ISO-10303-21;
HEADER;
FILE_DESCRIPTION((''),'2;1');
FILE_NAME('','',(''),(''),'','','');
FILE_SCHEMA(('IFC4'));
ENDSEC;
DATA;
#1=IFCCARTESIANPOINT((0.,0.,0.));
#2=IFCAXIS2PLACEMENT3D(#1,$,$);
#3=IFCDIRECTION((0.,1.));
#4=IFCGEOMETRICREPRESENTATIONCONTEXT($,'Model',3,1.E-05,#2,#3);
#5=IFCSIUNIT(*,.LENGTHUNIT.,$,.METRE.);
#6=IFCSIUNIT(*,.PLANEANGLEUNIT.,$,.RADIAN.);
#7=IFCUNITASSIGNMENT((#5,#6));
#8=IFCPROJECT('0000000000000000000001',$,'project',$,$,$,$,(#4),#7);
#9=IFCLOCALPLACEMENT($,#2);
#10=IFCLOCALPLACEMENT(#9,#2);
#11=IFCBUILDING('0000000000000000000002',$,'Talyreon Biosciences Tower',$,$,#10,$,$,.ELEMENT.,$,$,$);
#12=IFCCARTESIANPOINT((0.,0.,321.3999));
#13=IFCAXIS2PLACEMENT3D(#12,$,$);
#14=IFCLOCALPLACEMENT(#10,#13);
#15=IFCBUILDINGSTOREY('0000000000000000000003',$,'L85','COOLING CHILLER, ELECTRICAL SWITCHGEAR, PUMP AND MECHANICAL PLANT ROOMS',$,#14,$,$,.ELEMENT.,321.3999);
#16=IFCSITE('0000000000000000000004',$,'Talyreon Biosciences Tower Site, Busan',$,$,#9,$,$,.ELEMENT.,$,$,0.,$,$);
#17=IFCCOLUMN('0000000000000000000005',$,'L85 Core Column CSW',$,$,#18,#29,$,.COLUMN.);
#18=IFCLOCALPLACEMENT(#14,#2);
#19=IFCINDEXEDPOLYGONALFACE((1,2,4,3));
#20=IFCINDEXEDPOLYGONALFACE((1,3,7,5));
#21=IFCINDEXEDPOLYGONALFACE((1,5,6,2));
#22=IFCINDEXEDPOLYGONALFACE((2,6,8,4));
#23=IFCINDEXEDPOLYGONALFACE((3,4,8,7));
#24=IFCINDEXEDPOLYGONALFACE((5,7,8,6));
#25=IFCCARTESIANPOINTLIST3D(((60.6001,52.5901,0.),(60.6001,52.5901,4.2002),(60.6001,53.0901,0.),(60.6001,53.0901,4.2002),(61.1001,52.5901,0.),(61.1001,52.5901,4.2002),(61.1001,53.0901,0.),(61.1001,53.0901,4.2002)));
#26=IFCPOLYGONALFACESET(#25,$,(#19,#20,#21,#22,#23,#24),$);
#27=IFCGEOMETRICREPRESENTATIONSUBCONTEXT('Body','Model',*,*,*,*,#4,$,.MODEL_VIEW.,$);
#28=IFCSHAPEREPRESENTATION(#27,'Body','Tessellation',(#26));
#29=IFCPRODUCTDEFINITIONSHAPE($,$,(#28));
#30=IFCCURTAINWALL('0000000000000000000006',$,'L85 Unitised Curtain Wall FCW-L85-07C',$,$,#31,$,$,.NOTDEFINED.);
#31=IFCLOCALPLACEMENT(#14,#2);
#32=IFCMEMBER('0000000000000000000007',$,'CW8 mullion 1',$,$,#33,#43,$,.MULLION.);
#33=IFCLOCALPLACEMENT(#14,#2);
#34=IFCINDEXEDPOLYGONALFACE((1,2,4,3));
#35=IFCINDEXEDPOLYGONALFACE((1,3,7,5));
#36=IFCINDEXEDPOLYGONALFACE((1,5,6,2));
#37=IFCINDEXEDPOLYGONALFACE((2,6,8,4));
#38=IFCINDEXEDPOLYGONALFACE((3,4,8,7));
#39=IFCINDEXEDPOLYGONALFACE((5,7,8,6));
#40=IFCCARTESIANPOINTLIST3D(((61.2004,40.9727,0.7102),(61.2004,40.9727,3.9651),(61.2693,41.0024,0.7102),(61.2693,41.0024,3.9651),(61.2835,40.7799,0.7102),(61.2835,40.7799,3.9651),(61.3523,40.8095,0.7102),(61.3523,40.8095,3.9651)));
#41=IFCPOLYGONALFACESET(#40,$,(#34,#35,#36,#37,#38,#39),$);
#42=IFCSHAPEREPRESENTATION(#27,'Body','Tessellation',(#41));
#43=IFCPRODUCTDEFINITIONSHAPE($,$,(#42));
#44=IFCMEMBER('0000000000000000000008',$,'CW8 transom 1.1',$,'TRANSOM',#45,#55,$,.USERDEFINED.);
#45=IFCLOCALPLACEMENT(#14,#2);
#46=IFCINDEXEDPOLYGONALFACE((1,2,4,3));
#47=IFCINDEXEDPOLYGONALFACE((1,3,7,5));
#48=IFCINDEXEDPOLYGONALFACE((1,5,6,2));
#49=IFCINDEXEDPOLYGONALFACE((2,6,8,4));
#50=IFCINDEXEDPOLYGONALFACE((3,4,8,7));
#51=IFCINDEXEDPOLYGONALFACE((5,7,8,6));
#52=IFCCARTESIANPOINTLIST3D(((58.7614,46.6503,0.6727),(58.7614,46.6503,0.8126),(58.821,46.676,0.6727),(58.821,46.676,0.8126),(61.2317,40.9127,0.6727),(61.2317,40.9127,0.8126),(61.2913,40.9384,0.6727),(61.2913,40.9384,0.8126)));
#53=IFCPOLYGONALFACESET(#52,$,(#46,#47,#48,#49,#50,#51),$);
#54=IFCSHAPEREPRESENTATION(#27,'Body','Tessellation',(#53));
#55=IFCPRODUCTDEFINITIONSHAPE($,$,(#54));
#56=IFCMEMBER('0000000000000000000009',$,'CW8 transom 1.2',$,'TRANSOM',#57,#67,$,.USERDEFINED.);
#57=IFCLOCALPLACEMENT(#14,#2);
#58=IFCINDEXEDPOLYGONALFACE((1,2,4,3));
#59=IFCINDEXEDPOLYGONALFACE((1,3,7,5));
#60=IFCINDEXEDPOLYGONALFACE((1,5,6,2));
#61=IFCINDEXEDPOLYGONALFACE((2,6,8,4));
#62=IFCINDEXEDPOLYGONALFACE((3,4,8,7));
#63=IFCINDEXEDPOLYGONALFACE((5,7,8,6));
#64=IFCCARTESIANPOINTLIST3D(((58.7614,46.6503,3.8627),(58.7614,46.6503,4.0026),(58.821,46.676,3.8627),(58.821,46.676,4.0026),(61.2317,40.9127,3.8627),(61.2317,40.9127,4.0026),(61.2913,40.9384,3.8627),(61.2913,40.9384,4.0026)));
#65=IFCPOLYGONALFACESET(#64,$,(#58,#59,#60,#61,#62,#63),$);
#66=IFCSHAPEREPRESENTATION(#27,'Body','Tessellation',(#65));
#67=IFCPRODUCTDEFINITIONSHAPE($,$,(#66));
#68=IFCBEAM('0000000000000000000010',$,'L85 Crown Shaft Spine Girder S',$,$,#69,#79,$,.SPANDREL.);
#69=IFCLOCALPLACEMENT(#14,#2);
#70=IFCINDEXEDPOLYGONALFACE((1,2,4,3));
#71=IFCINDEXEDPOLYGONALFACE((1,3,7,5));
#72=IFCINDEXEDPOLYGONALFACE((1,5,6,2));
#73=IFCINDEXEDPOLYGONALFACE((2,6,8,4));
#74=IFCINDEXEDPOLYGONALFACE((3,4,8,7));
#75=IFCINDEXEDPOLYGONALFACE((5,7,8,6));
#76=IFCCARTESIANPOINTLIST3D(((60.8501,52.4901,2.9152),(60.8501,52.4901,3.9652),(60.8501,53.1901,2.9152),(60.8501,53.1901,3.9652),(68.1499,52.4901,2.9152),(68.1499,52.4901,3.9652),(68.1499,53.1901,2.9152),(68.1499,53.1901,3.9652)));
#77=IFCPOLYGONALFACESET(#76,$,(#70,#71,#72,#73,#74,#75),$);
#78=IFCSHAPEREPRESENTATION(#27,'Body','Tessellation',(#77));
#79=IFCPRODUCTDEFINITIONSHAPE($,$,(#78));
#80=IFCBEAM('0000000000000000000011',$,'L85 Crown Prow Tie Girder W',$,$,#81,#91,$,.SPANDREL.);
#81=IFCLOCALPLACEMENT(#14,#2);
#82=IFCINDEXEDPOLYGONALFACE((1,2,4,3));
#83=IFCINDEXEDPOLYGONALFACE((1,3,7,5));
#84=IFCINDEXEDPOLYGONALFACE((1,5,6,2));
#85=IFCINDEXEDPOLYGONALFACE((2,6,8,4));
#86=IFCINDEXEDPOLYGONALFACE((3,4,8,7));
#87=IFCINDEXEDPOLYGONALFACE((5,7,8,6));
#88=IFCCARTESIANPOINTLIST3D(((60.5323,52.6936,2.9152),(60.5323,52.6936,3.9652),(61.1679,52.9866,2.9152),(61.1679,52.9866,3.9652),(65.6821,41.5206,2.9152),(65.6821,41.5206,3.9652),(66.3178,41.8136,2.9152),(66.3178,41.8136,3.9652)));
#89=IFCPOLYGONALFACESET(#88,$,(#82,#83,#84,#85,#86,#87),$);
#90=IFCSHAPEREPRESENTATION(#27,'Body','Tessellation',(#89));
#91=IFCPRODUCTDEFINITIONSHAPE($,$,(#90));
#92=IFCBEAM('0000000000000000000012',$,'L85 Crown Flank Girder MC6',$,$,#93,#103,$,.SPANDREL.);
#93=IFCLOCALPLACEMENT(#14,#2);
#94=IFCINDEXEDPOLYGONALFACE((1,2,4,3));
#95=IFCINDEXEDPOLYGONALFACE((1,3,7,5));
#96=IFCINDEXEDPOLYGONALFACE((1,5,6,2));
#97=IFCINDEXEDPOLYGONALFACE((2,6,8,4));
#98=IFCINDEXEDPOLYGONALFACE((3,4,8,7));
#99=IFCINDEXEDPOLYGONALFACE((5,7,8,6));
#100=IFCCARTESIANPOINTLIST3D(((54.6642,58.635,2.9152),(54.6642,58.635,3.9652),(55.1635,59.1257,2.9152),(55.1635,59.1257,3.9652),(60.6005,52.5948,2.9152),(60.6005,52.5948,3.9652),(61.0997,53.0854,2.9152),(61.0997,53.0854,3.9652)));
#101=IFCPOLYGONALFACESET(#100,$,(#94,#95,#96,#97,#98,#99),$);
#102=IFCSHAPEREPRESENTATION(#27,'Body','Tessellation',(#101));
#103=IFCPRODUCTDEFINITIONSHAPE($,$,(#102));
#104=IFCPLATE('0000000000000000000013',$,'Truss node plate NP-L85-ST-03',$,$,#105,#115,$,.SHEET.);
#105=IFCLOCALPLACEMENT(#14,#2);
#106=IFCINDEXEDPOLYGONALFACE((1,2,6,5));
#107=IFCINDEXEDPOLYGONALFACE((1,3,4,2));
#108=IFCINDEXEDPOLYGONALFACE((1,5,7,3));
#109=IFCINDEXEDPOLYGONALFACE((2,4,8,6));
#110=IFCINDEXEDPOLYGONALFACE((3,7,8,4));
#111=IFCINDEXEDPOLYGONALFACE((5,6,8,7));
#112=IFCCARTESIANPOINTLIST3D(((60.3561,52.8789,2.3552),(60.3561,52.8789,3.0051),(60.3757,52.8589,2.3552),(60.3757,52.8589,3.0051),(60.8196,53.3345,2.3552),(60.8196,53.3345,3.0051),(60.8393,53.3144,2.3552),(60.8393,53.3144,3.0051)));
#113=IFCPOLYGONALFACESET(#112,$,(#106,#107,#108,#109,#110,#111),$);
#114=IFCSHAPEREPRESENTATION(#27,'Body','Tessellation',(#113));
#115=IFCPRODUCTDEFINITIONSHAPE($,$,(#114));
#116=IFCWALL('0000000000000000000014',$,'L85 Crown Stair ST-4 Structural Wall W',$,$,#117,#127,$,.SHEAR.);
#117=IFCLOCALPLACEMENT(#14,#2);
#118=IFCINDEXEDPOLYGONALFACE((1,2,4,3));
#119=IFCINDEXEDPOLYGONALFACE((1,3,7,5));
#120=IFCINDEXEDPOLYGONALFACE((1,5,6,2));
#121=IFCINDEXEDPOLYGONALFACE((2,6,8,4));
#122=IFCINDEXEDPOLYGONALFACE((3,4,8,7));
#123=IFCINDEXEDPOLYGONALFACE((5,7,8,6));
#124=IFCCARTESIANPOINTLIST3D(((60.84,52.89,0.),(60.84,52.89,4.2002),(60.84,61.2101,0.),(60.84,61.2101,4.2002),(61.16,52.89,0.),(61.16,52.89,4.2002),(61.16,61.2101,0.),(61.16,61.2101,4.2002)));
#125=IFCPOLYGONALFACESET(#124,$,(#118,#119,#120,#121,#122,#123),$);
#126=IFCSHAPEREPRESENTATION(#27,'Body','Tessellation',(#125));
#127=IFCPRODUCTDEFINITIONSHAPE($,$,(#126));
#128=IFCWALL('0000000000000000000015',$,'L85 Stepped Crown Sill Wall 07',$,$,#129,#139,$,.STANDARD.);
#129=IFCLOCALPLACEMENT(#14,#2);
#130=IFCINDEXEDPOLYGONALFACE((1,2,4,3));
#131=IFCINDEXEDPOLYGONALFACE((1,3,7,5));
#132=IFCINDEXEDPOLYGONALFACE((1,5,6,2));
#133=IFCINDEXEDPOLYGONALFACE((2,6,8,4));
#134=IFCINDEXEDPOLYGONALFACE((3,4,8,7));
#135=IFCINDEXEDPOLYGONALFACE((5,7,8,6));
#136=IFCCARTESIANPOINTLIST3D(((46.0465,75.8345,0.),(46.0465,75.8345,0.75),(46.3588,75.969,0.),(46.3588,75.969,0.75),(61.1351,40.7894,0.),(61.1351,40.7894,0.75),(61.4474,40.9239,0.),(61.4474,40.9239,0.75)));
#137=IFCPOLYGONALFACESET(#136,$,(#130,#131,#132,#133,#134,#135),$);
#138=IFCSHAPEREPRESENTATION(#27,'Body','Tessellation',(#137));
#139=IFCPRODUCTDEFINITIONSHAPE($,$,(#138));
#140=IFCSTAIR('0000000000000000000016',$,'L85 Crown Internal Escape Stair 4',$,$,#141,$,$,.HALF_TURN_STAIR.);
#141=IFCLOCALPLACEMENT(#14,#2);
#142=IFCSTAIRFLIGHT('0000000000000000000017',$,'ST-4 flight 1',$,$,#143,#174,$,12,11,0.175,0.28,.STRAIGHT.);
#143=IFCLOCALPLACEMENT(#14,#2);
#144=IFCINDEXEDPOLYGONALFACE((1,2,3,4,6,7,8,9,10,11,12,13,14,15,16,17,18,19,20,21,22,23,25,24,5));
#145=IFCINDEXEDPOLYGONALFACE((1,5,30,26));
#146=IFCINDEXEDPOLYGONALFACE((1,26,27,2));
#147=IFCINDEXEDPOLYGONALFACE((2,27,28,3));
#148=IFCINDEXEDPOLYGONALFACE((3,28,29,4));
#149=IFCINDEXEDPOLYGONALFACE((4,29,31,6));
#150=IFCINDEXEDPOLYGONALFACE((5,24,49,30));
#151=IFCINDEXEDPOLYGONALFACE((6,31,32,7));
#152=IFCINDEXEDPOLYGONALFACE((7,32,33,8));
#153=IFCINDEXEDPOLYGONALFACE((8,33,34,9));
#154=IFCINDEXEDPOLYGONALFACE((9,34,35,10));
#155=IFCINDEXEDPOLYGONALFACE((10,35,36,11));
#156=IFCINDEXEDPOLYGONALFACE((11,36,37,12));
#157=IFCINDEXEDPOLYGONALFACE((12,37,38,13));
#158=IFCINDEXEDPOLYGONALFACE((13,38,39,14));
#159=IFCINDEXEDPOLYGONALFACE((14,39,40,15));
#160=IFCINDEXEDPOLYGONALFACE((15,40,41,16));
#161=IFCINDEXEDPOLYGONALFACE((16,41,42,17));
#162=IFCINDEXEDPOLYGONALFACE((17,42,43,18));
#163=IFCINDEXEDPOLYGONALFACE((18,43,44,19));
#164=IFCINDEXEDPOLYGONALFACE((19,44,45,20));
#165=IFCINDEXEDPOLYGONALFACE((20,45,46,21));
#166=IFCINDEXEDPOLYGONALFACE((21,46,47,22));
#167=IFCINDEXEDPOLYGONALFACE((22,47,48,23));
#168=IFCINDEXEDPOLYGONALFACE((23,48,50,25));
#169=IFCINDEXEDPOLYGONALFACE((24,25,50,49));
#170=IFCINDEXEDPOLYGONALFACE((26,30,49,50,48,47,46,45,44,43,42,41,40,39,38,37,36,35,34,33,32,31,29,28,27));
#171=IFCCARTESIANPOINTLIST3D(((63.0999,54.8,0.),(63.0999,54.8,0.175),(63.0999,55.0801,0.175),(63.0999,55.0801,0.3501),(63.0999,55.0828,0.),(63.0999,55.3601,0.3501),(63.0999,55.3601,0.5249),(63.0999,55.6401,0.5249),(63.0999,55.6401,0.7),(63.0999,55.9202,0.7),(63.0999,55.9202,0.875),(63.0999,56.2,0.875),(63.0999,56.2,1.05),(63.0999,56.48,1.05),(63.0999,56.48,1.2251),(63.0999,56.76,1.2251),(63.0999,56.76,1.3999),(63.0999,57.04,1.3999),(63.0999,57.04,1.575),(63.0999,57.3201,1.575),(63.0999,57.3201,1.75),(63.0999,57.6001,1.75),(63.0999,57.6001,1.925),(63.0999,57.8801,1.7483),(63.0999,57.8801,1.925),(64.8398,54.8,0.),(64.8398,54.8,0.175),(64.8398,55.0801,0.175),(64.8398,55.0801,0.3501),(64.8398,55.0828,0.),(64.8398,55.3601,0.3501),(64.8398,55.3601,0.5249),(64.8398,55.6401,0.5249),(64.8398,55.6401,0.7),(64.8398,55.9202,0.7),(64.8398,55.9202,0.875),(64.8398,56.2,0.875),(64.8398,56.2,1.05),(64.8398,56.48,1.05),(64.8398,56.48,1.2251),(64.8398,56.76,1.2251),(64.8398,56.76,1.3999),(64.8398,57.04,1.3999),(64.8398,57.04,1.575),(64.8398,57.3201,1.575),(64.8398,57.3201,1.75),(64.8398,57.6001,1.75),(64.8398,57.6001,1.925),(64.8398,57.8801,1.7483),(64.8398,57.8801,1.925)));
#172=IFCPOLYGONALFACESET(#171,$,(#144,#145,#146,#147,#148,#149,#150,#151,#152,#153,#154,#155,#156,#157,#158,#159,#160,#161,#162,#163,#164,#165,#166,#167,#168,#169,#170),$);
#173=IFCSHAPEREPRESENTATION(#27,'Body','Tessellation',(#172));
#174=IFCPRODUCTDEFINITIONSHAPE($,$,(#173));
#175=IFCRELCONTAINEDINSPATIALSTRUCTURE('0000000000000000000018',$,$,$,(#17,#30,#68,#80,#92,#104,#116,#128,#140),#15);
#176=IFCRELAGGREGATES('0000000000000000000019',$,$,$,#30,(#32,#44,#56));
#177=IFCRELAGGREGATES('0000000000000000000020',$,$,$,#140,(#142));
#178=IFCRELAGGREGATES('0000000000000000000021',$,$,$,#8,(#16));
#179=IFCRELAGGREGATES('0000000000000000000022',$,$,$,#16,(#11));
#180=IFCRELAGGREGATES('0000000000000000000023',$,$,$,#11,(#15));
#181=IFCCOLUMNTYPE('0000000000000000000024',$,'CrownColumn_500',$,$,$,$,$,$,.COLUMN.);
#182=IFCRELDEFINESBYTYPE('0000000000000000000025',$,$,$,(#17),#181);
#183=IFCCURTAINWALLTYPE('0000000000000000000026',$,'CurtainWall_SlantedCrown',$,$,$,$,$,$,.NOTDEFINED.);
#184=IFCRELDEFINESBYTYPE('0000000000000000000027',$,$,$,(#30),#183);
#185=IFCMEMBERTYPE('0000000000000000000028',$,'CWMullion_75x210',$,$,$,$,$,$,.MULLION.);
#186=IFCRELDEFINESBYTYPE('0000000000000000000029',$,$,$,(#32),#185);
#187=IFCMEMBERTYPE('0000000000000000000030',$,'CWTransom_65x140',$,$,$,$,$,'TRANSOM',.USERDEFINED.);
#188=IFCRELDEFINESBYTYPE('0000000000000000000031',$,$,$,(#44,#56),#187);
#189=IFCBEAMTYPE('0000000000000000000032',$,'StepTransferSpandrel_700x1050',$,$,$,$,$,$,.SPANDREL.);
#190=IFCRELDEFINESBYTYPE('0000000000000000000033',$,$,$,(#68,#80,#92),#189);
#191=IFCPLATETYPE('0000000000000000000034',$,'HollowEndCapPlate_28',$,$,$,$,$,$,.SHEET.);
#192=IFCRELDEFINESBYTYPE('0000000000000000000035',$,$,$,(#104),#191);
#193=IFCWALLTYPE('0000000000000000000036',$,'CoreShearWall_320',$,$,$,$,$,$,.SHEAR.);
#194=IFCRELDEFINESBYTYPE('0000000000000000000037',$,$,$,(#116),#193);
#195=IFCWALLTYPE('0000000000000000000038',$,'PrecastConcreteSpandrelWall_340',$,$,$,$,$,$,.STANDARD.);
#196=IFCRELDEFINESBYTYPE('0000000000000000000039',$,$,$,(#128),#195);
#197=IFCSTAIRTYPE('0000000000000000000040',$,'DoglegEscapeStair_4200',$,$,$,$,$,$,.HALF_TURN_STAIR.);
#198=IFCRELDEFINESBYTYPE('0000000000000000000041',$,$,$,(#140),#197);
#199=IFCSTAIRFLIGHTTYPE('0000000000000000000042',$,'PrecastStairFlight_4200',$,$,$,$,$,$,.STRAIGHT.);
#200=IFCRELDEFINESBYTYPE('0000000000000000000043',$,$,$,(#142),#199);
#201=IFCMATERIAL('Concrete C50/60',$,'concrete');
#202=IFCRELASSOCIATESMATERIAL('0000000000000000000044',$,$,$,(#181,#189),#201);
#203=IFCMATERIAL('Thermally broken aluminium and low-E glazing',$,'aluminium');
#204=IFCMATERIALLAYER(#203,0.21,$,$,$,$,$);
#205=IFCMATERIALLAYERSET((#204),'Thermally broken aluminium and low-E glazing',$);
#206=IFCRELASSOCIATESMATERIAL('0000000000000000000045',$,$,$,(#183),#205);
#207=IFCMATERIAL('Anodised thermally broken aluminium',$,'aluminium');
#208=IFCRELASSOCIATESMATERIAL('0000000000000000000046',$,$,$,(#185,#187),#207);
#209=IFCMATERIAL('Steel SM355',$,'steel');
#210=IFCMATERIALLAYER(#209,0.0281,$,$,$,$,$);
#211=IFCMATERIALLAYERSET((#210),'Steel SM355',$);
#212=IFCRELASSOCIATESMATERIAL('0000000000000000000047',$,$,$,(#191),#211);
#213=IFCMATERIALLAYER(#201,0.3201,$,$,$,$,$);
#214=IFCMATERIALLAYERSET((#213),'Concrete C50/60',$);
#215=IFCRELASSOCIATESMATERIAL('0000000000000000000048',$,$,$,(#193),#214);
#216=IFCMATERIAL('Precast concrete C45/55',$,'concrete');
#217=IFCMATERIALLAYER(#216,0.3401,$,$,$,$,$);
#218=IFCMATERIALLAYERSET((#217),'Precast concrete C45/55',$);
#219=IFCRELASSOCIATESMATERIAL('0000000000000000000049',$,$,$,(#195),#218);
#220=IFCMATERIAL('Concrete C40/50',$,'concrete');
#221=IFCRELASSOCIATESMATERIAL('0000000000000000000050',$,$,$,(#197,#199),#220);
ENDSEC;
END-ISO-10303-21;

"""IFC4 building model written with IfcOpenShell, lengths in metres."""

from ifc_helpers import new_model, si_unit, direction, frame, frame_2d, origin, origin_2d, place, context, subcontext, project, spatial, polyline, rectangle, outline, extrude, material, layer, layer_set, material_profile, profile_set, type_object, element, aggregate, save


model = new_model("IFC4")

# Units and contexts
model_context = context("Model", 3, precision=1e-05, world=origin(), true_north=direction((0.0, 1.0)))
body_context = subcontext(model_context, "Body", "Model", "MODEL_VIEW")
ifc_project = project(units=[si_unit("LENGTHUNIT", "METRE"), si_unit("PLANEANGLEUNIT", "RADIAN")], contexts=[model_context])

# Site, building, storey
site_placement = place(None, origin())
site = spatial("IfcSite", under=ifc_project, at=site_placement, Name="Talyreon Biosciences Tower Site, Busan", CompositionType="ELEMENT", RefElevation=0.0)
building_placement = place(site_placement, origin())
building = spatial("IfcBuilding", under=site, at=building_placement, Name="Talyreon Biosciences Tower", CompositionType="ELEMENT")
storey_placement = place(building_placement, frame((0.0, 0.0, 321.3999)))
storey = spatial("IfcBuildingStorey", under=building, at=storey_placement, Name="L85", Description="COOLING CHILLER, ELECTRICAL SWITCHGEAR, PUMP AND MECHANICAL PLANT ROOMS", CompositionType="ELEMENT", Elevation=321.3999)

# Column
ifc_material_1 = material(Name="Concrete C50/60", Category="concrete")
ifc_material_profile_1 = material_profile(ifc_material_1, rectangle(XDim=0.5, YDim=0.5, at=origin_2d()), Name="RC 500x500")
ifc_profile_set_1 = profile_set([ifc_material_profile_1], Name="Concrete C50/60")
column_type = type_object("IfcColumnType", Name="CrownColumn_500", PredefinedType="COLUMN", material=ifc_profile_set_1)
column_placement = place(storey_placement, frame((60.8501, 52.8401, 0.0), z_axis=(0.0, 0.0, 1.0), x_axis=(1.0, 0.0, 0.0)))
element("IfcColumn", 1, at=column_placement, inside=storey, type_object=column_type, Name="L85 Core Column CSW", PredefinedType="COLUMN", context=body_context, shape_type="SweptSolid", body=[
    extrude(rectangle(XDim=0.5, YDim=0.5, at=origin_2d()), origin(), (0.0, 0.0, 1.0), 4.2002),
])

# Curtain wall, members
ifc_material_2 = material(Name="Thermally broken aluminium and low-E glazing", Category="aluminium")
ifc_layer_1 = layer(ifc_material_2, 0.21)
ifc_layer_set_1 = layer_set([ifc_layer_1], Name="Thermally broken aluminium and low-E glazing")
curtain_wall_type = type_object("IfcCurtainWallType", Name="CurtainWall_SlantedCrown", PredefinedType="NOTDEFINED", material=ifc_layer_set_1)
curtain_wall_placement = place(storey_placement, origin())
curtain_wall = element("IfcCurtainWall", 2, at=curtain_wall_placement, inside=storey, type_object=curtain_wall_type, Name="L85 Unitised Curtain Wall FCW-L85-07C", PredefinedType="NOTDEFINED")
ifc_material_3 = material(Name="Anodised thermally broken aluminium", Category="aluminium")
ifc_material_profile_2 = material_profile(ifc_material_3, rectangle(XDim=0.075, YDim=0.21, at=origin_2d()), Name="ALUM MULLION 75x210")
ifc_profile_set_2 = profile_set([ifc_material_profile_2], Name="Anodised thermally broken aluminium")
member_type_1 = type_object("IfcMemberType", Name="CWMullion_75x210", PredefinedType="MULLION", material=ifc_profile_set_2)
member_1_placement = place(storey_placement, frame((61.2764, 40.8911, 0.7102), z_axis=(0.0, 0.0, 1.0), x_axis=(-0.918487, -0.395451, 0.0)))
member_1 = element("IfcMember", 3, at=member_1_placement, type_object=member_type_1, Name="CW8 mullion 1", PredefinedType="MULLION", context=body_context, shape_type="SweptSolid", body=[
    extrude(rectangle(XDim=0.075, YDim=0.21, at=origin_2d()), origin(), (0.0, 0.0, 1.0), 3.2549),
])
ifc_material_profile_3 = material_profile(ifc_material_3, rectangle(XDim=0.0649, YDim=0.1399, at=origin_2d()), Name="ALUM TRANSOM 65x140")
ifc_profile_set_3 = profile_set([ifc_material_profile_3], Name="Anodised thermally broken aluminium")
member_type_2 = type_object("IfcMemberType", Name="CWTransom_65x140", ElementType="TRANSOM", PredefinedType="USERDEFINED", material=ifc_profile_set_3)
member_2_placement = place(storey_placement, frame((61.2615, 40.9255, 0.7427), z_axis=(-0.395442, 0.918491, 0.0), x_axis=(-0.918491, -0.395442, 0.0)))
member_2 = element("IfcMember", 4, at=member_2_placement, type_object=member_type_2, Name="CW8 transom 1.1", ObjectType="TRANSOM", PredefinedType="USERDEFINED", context=body_context, shape_type="SweptSolid", body=[
    extrude(rectangle(XDim=0.0649, YDim=0.1399, at=origin_2d()), origin(), (0.0, 0.0, 1.0), 6.2468),
])
member_3_placement = place(storey_placement, frame((61.2615, 40.9255, 3.9326), z_axis=(-0.395442, 0.918491, 0.0), x_axis=(-0.918491, -0.395442, 0.0)))
member_3 = element("IfcMember", 5, at=member_3_placement, type_object=member_type_2, Name="CW8 transom 1.2", ObjectType="TRANSOM", PredefinedType="USERDEFINED", context=body_context, shape_type="SweptSolid", body=[
    extrude(rectangle(XDim=0.0649, YDim=0.1399, at=origin_2d()), origin(), (0.0, 0.0, 1.0), 6.2468),
])
aggregate(curtain_wall, [member_1, member_2, member_3])

# Beams
ifc_material_profile_4 = material_profile(ifc_material_1, rectangle(XDim=0.7, YDim=1.05, at=origin_2d()), Name="RCB 700x1050")
ifc_profile_set_4 = profile_set([ifc_material_profile_4], Name="Concrete C50/60")
beam_type = type_object("IfcBeamType", Name="StepTransferSpandrel_700x1050", PredefinedType="SPANDREL", material=ifc_profile_set_4)
beam_1_placement = place(storey_placement, frame((60.8501, 52.8401, 3.4402), z_axis=(1.0, 0.0, 0.0), x_axis=(0.0, 1.0, 0.0)))
element("IfcBeam", 6, at=beam_1_placement, inside=storey, type_object=beam_type, Name="L85 Crown Shaft Spine Girder S", PredefinedType="SPANDREL", context=body_context, shape_type="SweptSolid", body=[
    extrude(rectangle(XDim=0.7, YDim=1.05, at=origin_2d()), origin(), (0.0, 0.0, 1.0), 7.2998),
])
beam_2_placement = place(storey_placement, frame((60.8501, 52.8401, 3.4402), z_axis=(0.418595, -0.908173, 0.0), x_axis=(0.908173, 0.418595, 0.0)))
element("IfcBeam", 7, at=beam_2_placement, inside=storey, type_object=beam_type, Name="L85 Crown Prow Tie Girder W", PredefinedType="SPANDREL", context=body_context, shape_type="SweptSolid", body=[
    extrude(rectangle(XDim=0.7, YDim=1.05, at=origin_2d()), origin(), (0.0, 0.0, 1.0), 12.3027),
])
beam_3_placement = place(storey_placement, frame((60.8501, 52.8401, 3.4402), z_axis=(-0.70094, 0.71322, 0.0), x_axis=(-0.71322, -0.70094, 0.0)))
element("IfcBeam", 8, at=beam_3_placement, inside=storey, type_object=beam_type, Name="L85 Crown Flank Girder MC6", PredefinedType="SPANDREL", context=body_context, shape_type="SweptSolid", body=[
    extrude(rectangle(XDim=0.7, YDim=1.05, at=origin_2d()), origin(), (0.0, 0.0, 1.0), 8.469),
])

# Plate
ifc_material_4 = material(Name="Steel SM355", Category="steel")
ifc_layer_2 = layer(ifc_material_4, 0.0281)
ifc_layer_set_2 = layer_set([ifc_layer_2], Name="Steel SM355")
plate_type = type_object("IfcPlateType", Name="HollowEndCapPlate_28", PredefinedType="SHEET", material=ifc_layer_set_2)
plate_placement = place(storey_placement, frame((60.5977, 53.0967, 2.3552), z_axis=(0.0, 0.0, 1.0), x_axis=(-0.713226, -0.700934, 0.0)))
element("IfcPlate", 9, at=plate_placement, inside=storey, type_object=plate_type, Name="Truss node plate NP-L85-ST-03", PredefinedType="SHEET", context=body_context, shape_type="SweptSolid", body=[
    extrude(rectangle(XDim=0.6499, YDim=0.0281, at=origin_2d()), origin(), (0.0, 0.0, 1.0), 0.6499),
])

# Wall
ifc_layer_3 = layer(ifc_material_1, 0.3201)
ifc_layer_set_3 = layer_set([ifc_layer_3], Name="Concrete C50/60")
wall_type_1 = type_object("IfcWallType", Name="CoreShearWall_320", PredefinedType="SHEAR", material=ifc_layer_set_3)
wall_1_placement = place(storey_placement, frame((61.0, 52.8899, 0.0), z_axis=(0.0, 0.0, 1.0), x_axis=(0.0, 1.0, 0.0)))
element("IfcWall", 10, at=wall_1_placement, inside=storey, type_object=wall_type_1, Name="L85 Crown Stair ST-4 Structural Wall W", PredefinedType="SHEAR", context=body_context, shape_type="SweptSolid", body=[
    extrude(rectangle(XDim=8.3201, YDim=0.3201, at=frame_2d((4.1602, 0.0))), origin(), (0.0, 0.0, 1.0), 4.2002),
])

# Wall
ifc_material_5 = material(Name="Precast concrete C45/55", Category="concrete")
ifc_layer_4 = layer(ifc_material_5, 0.3401)
ifc_layer_set_4 = layer_set([ifc_layer_4], Name="Precast concrete C45/55")
wall_type_2 = type_object("IfcWallType", Name="PrecastConcreteSpandrelWall_340", PredefinedType="STANDARD", material=ifc_layer_set_4)
wall_2_placement = place(storey_placement, frame((61.2913, 40.8567, 0.0), z_axis=(0.0, 0.0, 1.0), x_axis=(-0.395452, 0.918486, 0.0)))
element("IfcWall", 11, at=wall_2_placement, inside=storey, type_object=wall_type_2, Name="L85 Stepped Crown Sill Wall 07", PredefinedType="STANDARD", context=body_context, shape_type="SweptSolid", body=[
    extrude(rectangle(XDim=38.1553, YDim=0.3401, at=frame_2d((19.0776, 0.0))), origin(), (0.0, 0.0, 1.0), 0.75),
])

# Stair, stair flight
ifc_material_6 = material(Name="Concrete C40/50", Category="concrete")
stair_type = type_object("IfcStairType", Name="DoglegEscapeStair_4200", PredefinedType="HALF_TURN_STAIR", material=ifc_material_6)
stair_placement = place(storey_placement, origin())
stair = element("IfcStair", 12, at=stair_placement, inside=storey, type_object=stair_type, Name="L85 Crown Internal Escape Stair 4", PredefinedType="HALF_TURN_STAIR")
stair_flight_type = type_object("IfcStairFlightType", Name="PrecastStairFlight_4200", PredefinedType="STRAIGHT", material=ifc_material_6)
stair_flight_1_placement = place(storey_placement, frame((63.97, 54.8, 0.0), z_axis=(0.0, 0.0, 1.0), x_axis=(0.0, 1.0, 0.0)))
stair_flight_1 = element("IfcStairFlight", 13, at=stair_flight_1_placement, type_object=stair_flight_type, Name="ST-4 flight 1", NumberOfRisers=12, NumberOfTreads=11, PredefinedType="STRAIGHT", RiserHeight=0.175, TreadLength=0.28, context=body_context, shape_type="SweptSolid", body=[
    extrude(outline(polyline([(0.0, 0.0), (0.0, 0.175), (0.28, 0.175), (0.28, 0.3501), (0.5601, 0.3501), (0.5601, 0.5249), (0.8401, 0.5249), (0.8401, 0.7), (1.1201, 0.7), (1.1201, 0.875), (1.3999, 0.875), (1.3999, 1.05), (1.6799, 1.05), (1.6799, 1.2251), (1.96, 1.2251), (1.96, 1.3999), (2.24, 1.3999), (2.24, 1.575), (2.52, 1.575), (2.52, 1.75), (2.8, 1.75), (2.8, 1.925), (3.0801, 1.925), (3.0801, 2.1001), (3.0801, 1.7483), (0.2827, 0.0), (0.0, 0.0)])), frame((0.0, 0.8701, 0.0), z_axis=(0.0, -1.0, 0.0), x_axis=(1.0, 0.0, 0.0)), (0.0, 0.0, 1.0), 1.74),
])
aggregate(stair, [stair_flight_1])

save(model, "model.ifc")
